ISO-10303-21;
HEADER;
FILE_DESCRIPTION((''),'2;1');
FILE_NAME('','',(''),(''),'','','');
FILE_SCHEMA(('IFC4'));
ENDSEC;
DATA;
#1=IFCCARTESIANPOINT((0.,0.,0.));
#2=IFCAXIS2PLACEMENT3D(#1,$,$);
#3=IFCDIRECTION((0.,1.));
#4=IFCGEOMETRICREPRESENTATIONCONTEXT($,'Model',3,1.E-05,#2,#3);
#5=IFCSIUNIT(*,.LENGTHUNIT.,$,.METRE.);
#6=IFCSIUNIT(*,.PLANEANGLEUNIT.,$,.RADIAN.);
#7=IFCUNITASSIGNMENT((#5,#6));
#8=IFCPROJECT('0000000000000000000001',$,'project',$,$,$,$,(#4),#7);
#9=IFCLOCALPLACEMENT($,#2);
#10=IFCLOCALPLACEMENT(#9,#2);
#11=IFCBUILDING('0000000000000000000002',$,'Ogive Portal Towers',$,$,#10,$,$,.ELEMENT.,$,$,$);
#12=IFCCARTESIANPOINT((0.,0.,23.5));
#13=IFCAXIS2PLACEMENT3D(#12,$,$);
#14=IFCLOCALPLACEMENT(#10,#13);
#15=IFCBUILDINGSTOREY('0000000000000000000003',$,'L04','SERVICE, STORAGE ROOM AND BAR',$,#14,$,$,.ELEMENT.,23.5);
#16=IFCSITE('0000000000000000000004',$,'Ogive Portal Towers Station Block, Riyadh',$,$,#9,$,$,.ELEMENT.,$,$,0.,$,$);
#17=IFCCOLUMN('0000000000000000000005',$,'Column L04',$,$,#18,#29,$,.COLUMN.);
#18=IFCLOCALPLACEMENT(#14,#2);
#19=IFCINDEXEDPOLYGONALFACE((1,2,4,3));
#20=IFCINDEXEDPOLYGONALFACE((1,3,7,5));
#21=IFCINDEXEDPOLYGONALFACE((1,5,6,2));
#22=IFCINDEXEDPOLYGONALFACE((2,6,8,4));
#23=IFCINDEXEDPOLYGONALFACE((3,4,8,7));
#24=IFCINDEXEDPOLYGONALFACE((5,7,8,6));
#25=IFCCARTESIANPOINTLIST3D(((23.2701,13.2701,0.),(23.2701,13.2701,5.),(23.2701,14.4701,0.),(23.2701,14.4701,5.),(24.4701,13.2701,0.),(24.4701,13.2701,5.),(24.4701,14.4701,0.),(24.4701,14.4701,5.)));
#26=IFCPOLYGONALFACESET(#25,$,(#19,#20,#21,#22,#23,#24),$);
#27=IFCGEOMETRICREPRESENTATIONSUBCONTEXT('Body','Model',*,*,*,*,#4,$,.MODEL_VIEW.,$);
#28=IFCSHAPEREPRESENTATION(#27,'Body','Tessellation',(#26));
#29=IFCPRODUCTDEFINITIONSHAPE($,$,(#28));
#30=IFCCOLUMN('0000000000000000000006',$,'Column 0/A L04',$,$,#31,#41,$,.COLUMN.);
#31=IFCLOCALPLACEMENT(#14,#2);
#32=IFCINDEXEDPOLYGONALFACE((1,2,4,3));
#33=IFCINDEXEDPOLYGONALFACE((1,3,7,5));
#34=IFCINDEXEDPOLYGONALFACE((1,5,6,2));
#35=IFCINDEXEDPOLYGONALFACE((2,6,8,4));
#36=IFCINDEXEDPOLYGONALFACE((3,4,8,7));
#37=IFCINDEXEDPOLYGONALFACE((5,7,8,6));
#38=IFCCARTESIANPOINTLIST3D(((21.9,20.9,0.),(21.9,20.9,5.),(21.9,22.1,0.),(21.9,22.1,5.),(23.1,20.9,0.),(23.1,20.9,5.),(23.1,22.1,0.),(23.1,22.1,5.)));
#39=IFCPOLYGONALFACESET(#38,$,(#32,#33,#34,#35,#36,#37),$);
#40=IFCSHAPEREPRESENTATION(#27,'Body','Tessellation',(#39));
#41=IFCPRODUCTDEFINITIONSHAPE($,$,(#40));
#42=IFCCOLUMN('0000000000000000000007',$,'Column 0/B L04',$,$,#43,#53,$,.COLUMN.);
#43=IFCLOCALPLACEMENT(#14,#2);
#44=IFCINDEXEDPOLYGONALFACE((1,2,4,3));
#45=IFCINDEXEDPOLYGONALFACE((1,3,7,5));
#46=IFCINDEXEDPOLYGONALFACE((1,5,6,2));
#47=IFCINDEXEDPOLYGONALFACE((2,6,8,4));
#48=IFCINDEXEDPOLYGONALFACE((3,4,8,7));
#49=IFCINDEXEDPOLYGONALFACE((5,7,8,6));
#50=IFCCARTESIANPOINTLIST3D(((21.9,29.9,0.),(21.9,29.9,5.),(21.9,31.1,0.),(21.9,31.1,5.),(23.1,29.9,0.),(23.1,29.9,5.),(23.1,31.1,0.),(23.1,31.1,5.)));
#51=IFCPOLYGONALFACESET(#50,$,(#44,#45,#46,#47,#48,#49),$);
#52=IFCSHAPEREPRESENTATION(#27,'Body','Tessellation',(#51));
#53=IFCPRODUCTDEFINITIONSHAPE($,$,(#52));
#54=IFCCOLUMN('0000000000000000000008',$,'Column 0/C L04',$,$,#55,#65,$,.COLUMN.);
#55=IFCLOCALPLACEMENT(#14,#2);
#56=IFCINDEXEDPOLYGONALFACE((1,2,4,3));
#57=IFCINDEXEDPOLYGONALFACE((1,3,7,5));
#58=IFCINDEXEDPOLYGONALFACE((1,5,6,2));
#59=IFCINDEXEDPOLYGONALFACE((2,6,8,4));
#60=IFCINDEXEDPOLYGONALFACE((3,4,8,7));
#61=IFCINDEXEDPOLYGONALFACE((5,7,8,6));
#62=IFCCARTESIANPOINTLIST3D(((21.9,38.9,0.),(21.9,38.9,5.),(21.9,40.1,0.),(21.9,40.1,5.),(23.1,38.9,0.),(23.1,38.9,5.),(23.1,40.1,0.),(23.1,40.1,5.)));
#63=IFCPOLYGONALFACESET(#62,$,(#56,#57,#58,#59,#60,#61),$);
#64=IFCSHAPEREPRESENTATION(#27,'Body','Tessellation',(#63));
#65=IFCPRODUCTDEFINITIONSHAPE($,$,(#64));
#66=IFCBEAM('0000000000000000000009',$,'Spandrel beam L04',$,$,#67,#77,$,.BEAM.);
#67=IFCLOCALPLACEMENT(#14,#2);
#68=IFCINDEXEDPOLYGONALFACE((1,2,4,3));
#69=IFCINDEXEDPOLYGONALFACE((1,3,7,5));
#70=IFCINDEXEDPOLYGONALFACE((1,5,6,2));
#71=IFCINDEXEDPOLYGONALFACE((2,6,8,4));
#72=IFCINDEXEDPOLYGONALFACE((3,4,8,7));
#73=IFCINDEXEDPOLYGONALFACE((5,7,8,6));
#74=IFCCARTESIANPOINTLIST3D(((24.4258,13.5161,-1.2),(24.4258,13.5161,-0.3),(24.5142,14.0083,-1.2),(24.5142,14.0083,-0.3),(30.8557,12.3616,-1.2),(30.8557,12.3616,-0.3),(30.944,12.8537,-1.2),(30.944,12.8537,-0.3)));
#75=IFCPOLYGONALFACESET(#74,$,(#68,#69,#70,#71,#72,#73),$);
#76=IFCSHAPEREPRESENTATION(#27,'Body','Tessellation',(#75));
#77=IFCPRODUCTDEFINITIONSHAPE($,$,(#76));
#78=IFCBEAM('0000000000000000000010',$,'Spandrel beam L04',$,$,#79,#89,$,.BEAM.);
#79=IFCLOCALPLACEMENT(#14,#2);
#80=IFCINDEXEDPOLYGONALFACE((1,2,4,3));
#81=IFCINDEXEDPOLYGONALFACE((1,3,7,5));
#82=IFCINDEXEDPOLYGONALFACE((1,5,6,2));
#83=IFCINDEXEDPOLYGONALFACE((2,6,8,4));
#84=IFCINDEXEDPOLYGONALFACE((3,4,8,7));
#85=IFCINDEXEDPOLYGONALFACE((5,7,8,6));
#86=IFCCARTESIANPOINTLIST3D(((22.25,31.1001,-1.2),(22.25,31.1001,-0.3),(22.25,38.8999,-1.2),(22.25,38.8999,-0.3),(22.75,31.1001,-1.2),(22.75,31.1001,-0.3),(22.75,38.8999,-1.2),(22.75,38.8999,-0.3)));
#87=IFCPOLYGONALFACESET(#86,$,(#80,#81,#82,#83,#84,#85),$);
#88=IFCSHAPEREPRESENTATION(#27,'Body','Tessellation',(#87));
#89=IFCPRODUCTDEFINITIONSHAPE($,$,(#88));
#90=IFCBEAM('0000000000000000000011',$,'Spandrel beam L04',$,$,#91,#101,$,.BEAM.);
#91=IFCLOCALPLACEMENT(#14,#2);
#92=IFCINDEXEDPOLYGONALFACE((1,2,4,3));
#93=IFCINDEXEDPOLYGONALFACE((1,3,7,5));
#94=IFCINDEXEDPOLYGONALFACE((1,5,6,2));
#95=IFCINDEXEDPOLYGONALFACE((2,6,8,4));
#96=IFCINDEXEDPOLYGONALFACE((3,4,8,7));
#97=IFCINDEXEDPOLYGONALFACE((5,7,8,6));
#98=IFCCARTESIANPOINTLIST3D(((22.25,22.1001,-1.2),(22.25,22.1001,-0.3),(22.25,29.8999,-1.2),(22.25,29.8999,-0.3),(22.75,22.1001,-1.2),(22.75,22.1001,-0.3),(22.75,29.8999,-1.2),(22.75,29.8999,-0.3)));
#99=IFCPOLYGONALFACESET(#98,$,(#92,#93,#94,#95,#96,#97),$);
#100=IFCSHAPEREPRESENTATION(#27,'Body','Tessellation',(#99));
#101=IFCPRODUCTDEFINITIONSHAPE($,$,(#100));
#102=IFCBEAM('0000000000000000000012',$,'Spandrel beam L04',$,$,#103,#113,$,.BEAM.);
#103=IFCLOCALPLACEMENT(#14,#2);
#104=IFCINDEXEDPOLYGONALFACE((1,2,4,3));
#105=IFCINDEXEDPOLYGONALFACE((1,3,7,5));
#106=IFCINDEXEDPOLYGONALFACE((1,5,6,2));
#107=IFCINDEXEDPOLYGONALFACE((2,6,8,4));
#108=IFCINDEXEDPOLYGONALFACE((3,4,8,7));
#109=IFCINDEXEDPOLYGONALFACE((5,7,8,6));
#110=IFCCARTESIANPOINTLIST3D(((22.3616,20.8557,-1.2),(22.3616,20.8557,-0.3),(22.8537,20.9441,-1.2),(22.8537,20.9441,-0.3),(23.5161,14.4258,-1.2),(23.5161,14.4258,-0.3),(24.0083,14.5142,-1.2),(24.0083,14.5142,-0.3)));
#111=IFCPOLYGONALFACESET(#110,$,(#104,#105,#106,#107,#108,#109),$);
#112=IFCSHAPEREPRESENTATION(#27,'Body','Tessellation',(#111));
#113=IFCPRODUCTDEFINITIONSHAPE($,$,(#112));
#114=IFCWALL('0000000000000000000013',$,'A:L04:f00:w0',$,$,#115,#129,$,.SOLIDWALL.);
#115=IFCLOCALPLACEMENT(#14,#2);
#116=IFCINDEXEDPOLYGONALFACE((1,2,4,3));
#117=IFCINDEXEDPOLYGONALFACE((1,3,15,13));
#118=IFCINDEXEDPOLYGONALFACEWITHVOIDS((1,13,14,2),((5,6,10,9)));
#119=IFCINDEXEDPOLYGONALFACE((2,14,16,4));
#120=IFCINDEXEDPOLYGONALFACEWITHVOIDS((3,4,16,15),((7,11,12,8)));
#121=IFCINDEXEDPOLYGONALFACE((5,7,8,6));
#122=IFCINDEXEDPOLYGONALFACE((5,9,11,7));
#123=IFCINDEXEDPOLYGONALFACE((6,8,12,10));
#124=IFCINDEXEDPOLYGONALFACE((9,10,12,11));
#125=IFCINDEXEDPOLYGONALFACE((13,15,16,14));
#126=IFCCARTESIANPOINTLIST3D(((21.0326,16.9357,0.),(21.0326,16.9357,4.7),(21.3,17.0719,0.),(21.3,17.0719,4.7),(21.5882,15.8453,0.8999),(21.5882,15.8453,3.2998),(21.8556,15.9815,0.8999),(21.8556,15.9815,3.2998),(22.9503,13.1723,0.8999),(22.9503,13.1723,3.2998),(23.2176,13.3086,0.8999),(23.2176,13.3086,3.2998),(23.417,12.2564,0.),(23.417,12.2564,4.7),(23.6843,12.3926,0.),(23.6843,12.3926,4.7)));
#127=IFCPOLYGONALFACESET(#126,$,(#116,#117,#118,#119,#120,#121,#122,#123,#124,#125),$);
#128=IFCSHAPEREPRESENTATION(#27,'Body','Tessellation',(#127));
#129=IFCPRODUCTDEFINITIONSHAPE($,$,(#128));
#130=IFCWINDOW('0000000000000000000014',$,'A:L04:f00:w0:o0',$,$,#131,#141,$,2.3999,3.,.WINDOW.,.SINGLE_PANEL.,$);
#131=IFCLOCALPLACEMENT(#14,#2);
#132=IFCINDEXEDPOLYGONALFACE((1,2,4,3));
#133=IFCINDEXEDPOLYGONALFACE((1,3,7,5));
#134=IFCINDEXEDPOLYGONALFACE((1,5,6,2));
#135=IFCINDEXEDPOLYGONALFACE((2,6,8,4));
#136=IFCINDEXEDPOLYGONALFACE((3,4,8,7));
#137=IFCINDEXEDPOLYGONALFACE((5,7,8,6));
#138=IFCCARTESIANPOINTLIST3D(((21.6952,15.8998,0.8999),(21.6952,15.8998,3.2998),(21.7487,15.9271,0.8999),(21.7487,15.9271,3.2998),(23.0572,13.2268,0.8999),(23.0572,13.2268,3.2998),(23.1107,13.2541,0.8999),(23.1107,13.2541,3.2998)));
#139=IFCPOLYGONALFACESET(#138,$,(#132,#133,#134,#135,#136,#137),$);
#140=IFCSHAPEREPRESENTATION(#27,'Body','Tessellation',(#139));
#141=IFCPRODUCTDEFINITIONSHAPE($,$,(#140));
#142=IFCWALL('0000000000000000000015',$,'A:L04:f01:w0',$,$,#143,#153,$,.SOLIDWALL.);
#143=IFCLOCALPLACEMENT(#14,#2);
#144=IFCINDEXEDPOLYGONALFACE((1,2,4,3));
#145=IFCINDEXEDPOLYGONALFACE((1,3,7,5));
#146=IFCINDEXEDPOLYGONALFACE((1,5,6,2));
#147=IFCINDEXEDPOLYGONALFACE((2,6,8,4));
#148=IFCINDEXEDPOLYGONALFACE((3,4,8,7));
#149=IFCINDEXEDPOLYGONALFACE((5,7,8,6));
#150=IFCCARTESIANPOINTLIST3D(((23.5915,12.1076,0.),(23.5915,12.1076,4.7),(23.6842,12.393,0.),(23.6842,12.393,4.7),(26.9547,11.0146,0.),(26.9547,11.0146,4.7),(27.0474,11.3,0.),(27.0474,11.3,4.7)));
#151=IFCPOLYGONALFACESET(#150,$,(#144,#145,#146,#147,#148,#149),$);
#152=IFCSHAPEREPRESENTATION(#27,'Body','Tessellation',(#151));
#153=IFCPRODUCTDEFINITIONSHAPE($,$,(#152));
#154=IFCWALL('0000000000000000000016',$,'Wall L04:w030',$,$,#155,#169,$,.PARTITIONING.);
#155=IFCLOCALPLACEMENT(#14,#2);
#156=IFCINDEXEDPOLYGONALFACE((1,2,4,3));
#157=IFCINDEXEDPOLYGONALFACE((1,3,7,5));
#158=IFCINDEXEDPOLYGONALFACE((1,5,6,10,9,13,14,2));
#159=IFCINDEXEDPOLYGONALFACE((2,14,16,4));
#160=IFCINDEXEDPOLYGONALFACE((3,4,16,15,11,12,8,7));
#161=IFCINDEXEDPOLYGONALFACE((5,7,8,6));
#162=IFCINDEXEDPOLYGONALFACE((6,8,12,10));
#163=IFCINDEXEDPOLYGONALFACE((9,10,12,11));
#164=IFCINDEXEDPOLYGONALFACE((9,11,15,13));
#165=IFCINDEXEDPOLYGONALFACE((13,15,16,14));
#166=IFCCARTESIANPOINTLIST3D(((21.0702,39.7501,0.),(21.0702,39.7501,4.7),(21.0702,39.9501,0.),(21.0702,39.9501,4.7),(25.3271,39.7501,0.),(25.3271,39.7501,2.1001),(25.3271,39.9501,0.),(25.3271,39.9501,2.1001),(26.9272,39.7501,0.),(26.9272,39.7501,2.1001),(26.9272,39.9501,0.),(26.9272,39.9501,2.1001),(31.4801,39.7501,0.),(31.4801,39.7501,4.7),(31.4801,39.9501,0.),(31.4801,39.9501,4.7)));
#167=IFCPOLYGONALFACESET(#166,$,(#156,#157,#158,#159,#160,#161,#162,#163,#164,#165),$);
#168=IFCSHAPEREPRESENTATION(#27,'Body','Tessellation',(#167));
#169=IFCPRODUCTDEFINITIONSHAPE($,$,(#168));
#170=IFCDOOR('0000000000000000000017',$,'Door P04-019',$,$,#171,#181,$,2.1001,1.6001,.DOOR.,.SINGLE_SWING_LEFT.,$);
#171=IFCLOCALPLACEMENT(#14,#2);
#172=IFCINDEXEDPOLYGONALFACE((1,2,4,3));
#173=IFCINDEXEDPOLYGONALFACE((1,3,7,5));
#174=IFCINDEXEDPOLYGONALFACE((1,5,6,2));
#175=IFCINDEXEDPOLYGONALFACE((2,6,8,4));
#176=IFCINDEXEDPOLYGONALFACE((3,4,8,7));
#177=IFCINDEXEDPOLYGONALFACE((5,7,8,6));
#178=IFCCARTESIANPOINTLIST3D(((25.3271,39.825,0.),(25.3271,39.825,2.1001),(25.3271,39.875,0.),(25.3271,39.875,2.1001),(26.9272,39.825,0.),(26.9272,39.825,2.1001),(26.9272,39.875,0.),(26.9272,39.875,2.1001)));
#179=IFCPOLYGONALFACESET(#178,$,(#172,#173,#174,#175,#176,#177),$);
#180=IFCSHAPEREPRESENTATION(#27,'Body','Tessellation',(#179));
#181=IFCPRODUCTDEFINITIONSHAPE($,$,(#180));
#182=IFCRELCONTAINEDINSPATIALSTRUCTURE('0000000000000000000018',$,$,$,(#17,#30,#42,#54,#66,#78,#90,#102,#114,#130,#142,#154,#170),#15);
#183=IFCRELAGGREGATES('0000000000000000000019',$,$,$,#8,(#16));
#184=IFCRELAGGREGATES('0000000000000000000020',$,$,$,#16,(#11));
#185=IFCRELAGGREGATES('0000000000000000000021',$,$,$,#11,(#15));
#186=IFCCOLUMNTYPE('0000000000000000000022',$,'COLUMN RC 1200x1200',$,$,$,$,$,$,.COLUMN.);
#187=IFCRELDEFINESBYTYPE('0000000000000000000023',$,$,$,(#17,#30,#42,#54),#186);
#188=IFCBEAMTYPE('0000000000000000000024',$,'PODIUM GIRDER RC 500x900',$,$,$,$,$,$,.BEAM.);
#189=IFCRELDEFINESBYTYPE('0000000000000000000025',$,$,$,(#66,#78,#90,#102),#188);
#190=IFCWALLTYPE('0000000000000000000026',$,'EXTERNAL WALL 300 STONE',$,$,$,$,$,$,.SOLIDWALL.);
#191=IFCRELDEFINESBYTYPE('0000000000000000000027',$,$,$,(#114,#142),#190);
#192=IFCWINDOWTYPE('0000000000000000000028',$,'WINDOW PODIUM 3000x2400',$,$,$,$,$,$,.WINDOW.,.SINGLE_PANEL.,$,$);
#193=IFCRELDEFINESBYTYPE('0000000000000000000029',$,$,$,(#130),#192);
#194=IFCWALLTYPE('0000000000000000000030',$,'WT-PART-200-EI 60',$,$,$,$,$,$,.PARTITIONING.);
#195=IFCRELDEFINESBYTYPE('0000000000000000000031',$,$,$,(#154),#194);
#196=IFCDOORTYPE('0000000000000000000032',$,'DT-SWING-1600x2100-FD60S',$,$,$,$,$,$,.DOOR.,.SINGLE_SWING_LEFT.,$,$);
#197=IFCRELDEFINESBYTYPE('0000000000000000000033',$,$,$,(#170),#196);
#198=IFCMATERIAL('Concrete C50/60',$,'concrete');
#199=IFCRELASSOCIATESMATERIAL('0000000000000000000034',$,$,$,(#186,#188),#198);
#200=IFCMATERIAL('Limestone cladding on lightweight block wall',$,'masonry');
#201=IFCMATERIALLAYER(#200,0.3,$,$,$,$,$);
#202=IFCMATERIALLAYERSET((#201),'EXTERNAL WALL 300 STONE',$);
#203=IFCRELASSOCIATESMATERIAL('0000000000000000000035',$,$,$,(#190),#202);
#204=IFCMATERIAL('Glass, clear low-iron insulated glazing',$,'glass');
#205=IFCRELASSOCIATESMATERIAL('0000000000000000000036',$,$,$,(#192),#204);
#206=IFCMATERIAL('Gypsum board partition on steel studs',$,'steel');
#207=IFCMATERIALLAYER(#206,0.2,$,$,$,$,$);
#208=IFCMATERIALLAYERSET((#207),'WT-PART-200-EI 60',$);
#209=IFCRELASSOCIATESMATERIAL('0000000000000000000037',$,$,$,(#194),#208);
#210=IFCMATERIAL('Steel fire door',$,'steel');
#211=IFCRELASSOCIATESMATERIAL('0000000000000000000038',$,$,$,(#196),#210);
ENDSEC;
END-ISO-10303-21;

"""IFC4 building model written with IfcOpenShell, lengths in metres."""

from ifc_helpers import new_model, si_unit, direction, frame, frame_2d, origin, origin_2d, place, context, subcontext, project, spatial, rectangle, extrude, material, layer, layer_set, material_profile, profile_set, type_object, element, fill, save


model = new_model("IFC4")

# Units and contexts
model_context = context("Model", 3, precision=1e-05, world=origin(), true_north=direction((0.0, 1.0)))
body_context = subcontext(model_context, "Body", "Model", "MODEL_VIEW")
ifc_project = project(units=[si_unit("LENGTHUNIT", "METRE"), si_unit("PLANEANGLEUNIT", "RADIAN")], contexts=[model_context])

# Site, building, storey
site_placement = place(None, origin())
site = spatial("IfcSite", under=ifc_project, at=site_placement, Name="Ogive Portal Towers Station Block, Riyadh", CompositionType="ELEMENT", RefElevation=0.0)
building_placement = place(site_placement, origin())
building = spatial("IfcBuilding", under=site, at=building_placement, Name="Ogive Portal Towers", CompositionType="ELEMENT")
storey_placement = place(building_placement, frame((0.0, 0.0, 23.5)))
storey = spatial("IfcBuildingStorey", under=building, at=storey_placement, Name="L04", Description="SERVICE, STORAGE ROOM AND BAR", CompositionType="ELEMENT", Elevation=23.5)

# Columns
ifc_material_1 = material(Name="Concrete C50/60", Category="concrete")
ifc_material_profile_1 = material_profile(ifc_material_1, rectangle(XDim=1.2, YDim=1.2, at=origin_2d()), Name="RC 1200x1200")
ifc_profile_set_1 = profile_set([ifc_material_profile_1], Name="Concrete C50/60")
column_type = type_object("IfcColumnType", Name="COLUMN RC 1200x1200", PredefinedType="COLUMN", material=ifc_profile_set_1)
for number, where, z_axis, x_axis, name in (
    (1, (23.8701, 13.8701, 0.0), (0.0, 0.0, 1.0), (1.0, 0.0, 0.0), "Column L04"),
    (2, (22.5, 21.5, 0.0), (0.0, 0.0, 1.0), (1.0, 0.0, 0.0), "Column 0/A L04"),
    (3, (22.5, 30.5, 0.0), (0.0, 0.0, 1.0), (1.0, 0.0, 0.0), "Column 0/B L04"),
    (4, (22.5, 39.5, 0.0), (0.0, 0.0, 1.0), (1.0, 0.0, 0.0), "Column 0/C L04"),
):
    element("IfcColumn", number, at=place(storey_placement, frame(where, z_axis=z_axis, x_axis=x_axis)), inside=storey, type_object=column_type, Name=name, PredefinedType="COLUMN", context=body_context, shape_type="SweptSolid", body=[
        extrude(rectangle(XDim=1.2, YDim=1.2, at=origin_2d()), origin(), (0.0, 0.0, 1.0), 5.0),
    ])

# Beams
ifc_material_profile_2 = material_profile(ifc_material_1, rectangle(XDim=0.5, YDim=0.8999, at=origin_2d()), Name="RC 500x900")
ifc_profile_set_2 = profile_set([ifc_material_profile_2], Name="Concrete C50/60")
beam_type = type_object("IfcBeamType", Name="PODIUM GIRDER RC 500x900", PredefinedType="BEAM", material=ifc_profile_set_2)
beam_1_placement = place(storey_placement, frame((24.47, 13.7622, -0.75), z_axis=(0.984259, -0.176731, 0.0), x_axis=(0.176731, 0.984259, 0.0)))
element("IfcBeam", 5, at=beam_1_placement, inside=storey, type_object=beam_type, Name="Spandrel beam L04", PredefinedType="BEAM", context=body_context, shape_type="SweptSolid", body=[
    extrude(rectangle(XDim=0.5, YDim=0.8999, at=origin_2d()), origin(), (0.0, 0.0, 1.0), 6.5327),
])
for number, where, z_axis, x_axis, name in (
    (6, (22.5, 38.8999, -0.75), (0.0, -1.0, 0.0), (1.0, 0.0, 0.0), "Spandrel beam L04"),
    (7, (22.5, 29.8999, -0.75), (0.0, -1.0, 0.0), (1.0, 0.0, 0.0), "Spandrel beam L04"),
):
    element("IfcBeam", number, at=place(storey_placement, frame(where, z_axis=z_axis, x_axis=x_axis)), inside=storey, type_object=beam_type, Name=name, PredefinedType="BEAM", context=body_context, shape_type="SweptSolid", body=[
        extrude(rectangle(XDim=0.5, YDim=0.8999, at=origin_2d()), origin(), (0.0, 0.0, 1.0), 7.7998),
    ])
beam_2_placement = place(storey_placement, frame((22.6077, 20.8999, -0.75), z_axis=(0.176731, -0.984259, 0.0), x_axis=(0.984259, 0.176731, 0.0)))
element("IfcBeam", 8, at=beam_2_placement, inside=storey, type_object=beam_type, Name="Spandrel beam L04", PredefinedType="BEAM", context=body_context, shape_type="SweptSolid", body=[
    extrude(rectangle(XDim=0.5, YDim=0.8999, at=origin_2d()), origin(), (0.0, 0.0, 1.0), 6.5327),
])

# Wall, opening, window
ifc_material_2 = material(Name="Limestone cladding on lightweight block wall", Category="masonry")
ifc_layer_1 = layer(ifc_material_2, 0.3)
ifc_layer_set_1 = layer_set([ifc_layer_1], Name="EXTERNAL WALL 300 STONE")
wall_type_1 = type_object("IfcWallType", Name="EXTERNAL WALL 300 STONE", PredefinedType="SOLIDWALL", material=ifc_layer_set_1)
wall_1_placement = place(storey_placement, frame((21.1663, 17.0039, 0.0), z_axis=(0.0, 0.0, 1.0), x_axis=(0.454007, -0.890998, 0.0)))
wall_1 = element("IfcWall", 9, at=wall_1_placement, inside=storey, type_object=wall_type_1, Name="A:L04:f00:w0", PredefinedType="SOLIDWALL", context=body_context, shape_type="SweptSolid", body=[
    extrude(rectangle(XDim=5.2517, YDim=0.3, at=frame_2d((2.626, 0.0))), origin(), (0.0, 0.0, 1.0), 4.7),
])
opening_1_placement = place(wall_1_placement, frame((1.2239, 0.0, 0.8999)))
opening_1 = element("IfcOpeningElement", 10, at=opening_1_placement, cuts=wall_1, PredefinedType="OPENING", context=body_context, shape_type="SweptSolid", body=[
    extrude(rectangle(XDim=3.0, YDim=2.3999, at=frame_2d((1.5, 1.2))), frame((0.0, 0.1602, 0.0), z_axis=(0.0, -1.0, 0.0), x_axis=(1.0, 0.0, 0.0)), (0.0, 0.0, 1.0), 0.3201),
])
ifc_material_3 = material(Name="Glass, clear low-iron insulated glazing", Category="glass")
window_type = type_object("IfcWindowType", Name="WINDOW PODIUM 3000x2400", PartitioningType="SINGLE_PANEL", PredefinedType="WINDOW", material=ifc_material_3)
window_placement = place(opening_1_placement, origin())
window = element("IfcWindow", 11, at=window_placement, inside=storey, type_object=window_type, Name="A:L04:f00:w0:o0", OverallHeight=2.3999, OverallWidth=3.0, PartitioningType="SINGLE_PANEL", PredefinedType="WINDOW", context=body_context, shape_type="SweptSolid", body=[
    extrude(rectangle(XDim=3.0, YDim=2.3999, at=frame_2d((1.5, 1.2))), frame((0.0, 0.03, 0.0), z_axis=(0.0, -1.0, 0.0), x_axis=(1.0, 0.0, 0.0)), (0.0, 0.0, 1.0), 0.0601),
])
fill(opening_1, window)

# Wall
wall_2_placement = place(storey_placement, frame((23.6379, 12.2502, 0.0), z_axis=(0.0, 0.0, 1.0), x_axis=(0.951038, -0.309074, 0.0)))
element("IfcWall", 12, at=wall_2_placement, inside=storey, type_object=wall_type_1, Name="A:L04:f01:w0", PredefinedType="SOLIDWALL", context=body_context, shape_type="SweptSolid", body=[
    extrude(rectangle(XDim=3.5364, YDim=0.3, at=frame_2d((1.7681, 0.0))), origin(), (0.0, 0.0, 1.0), 4.7),
])

# Wall, opening, door
ifc_material_4 = material(Name="Gypsum board partition on steel studs", Category="steel")
ifc_layer_2 = layer(ifc_material_4, 0.2)
ifc_layer_set_2 = layer_set([ifc_layer_2], Name="WT-PART-200-EI 60")
wall_type_2 = type_object("IfcWallType", Name="WT-PART-200-EI 60", PredefinedType="PARTITIONING", material=ifc_layer_set_2)
wall_3_placement = place(storey_placement, frame((21.0701, 39.8501, 0.0), z_axis=(0.0, 0.0, 1.0), x_axis=(1.0, 0.0, 0.0)))
wall_3 = element("IfcWall", 13, at=wall_3_placement, inside=storey, type_object=wall_type_2, Name="Wall L04:w030", PredefinedType="PARTITIONING", context=body_context, shape_type="SweptSolid", body=[
    extrude(rectangle(XDim=10.4099, YDim=0.2, at=frame_2d((5.2051, 0.0))), origin(), (0.0, 0.0, 1.0), 4.7),
])
opening_2_placement = place(wall_3_placement, frame((4.2571, 0.0, 0.0)))
opening_2 = element("IfcOpeningElement", 14, at=opening_2_placement, cuts=wall_3, PredefinedType="OPENING", context=body_context, shape_type="SweptSolid", body=[
    extrude(rectangle(XDim=1.6001, YDim=2.1001, at=frame_2d((0.8, 1.05))), frame((0.0, 0.1099, 0.0), z_axis=(0.0, -1.0, 0.0), x_axis=(1.0, 0.0, 0.0)), (0.0, 0.0, 1.0), 0.22),
])
ifc_material_5 = material(Name="Steel fire door", Category="steel")
door_type = type_object("IfcDoorType", Name="DT-SWING-1600x2100-FD60S", OperationType="SINGLE_SWING_LEFT", PredefinedType="DOOR", material=ifc_material_5)
door_placement = place(opening_2_placement, origin())
door = element("IfcDoor", 15, at=door_placement, inside=storey, type_object=door_type, Name="Door P04-019", OperationType="SINGLE_SWING_LEFT", OverallHeight=2.1001, OverallWidth=1.6001, PredefinedType="DOOR", context=body_context, shape_type="SweptSolid", body=[
    extrude(rectangle(XDim=1.6001, YDim=2.1001, at=frame_2d((0.8, 1.05))), frame((0.0, 0.0249, 0.0), z_axis=(0.0, -1.0, 0.0), x_axis=(1.0, 0.0, 0.0)), (0.0, 0.0, 1.0), 0.05),
])
fill(opening_2, door)

save(model, "model.ifc")
